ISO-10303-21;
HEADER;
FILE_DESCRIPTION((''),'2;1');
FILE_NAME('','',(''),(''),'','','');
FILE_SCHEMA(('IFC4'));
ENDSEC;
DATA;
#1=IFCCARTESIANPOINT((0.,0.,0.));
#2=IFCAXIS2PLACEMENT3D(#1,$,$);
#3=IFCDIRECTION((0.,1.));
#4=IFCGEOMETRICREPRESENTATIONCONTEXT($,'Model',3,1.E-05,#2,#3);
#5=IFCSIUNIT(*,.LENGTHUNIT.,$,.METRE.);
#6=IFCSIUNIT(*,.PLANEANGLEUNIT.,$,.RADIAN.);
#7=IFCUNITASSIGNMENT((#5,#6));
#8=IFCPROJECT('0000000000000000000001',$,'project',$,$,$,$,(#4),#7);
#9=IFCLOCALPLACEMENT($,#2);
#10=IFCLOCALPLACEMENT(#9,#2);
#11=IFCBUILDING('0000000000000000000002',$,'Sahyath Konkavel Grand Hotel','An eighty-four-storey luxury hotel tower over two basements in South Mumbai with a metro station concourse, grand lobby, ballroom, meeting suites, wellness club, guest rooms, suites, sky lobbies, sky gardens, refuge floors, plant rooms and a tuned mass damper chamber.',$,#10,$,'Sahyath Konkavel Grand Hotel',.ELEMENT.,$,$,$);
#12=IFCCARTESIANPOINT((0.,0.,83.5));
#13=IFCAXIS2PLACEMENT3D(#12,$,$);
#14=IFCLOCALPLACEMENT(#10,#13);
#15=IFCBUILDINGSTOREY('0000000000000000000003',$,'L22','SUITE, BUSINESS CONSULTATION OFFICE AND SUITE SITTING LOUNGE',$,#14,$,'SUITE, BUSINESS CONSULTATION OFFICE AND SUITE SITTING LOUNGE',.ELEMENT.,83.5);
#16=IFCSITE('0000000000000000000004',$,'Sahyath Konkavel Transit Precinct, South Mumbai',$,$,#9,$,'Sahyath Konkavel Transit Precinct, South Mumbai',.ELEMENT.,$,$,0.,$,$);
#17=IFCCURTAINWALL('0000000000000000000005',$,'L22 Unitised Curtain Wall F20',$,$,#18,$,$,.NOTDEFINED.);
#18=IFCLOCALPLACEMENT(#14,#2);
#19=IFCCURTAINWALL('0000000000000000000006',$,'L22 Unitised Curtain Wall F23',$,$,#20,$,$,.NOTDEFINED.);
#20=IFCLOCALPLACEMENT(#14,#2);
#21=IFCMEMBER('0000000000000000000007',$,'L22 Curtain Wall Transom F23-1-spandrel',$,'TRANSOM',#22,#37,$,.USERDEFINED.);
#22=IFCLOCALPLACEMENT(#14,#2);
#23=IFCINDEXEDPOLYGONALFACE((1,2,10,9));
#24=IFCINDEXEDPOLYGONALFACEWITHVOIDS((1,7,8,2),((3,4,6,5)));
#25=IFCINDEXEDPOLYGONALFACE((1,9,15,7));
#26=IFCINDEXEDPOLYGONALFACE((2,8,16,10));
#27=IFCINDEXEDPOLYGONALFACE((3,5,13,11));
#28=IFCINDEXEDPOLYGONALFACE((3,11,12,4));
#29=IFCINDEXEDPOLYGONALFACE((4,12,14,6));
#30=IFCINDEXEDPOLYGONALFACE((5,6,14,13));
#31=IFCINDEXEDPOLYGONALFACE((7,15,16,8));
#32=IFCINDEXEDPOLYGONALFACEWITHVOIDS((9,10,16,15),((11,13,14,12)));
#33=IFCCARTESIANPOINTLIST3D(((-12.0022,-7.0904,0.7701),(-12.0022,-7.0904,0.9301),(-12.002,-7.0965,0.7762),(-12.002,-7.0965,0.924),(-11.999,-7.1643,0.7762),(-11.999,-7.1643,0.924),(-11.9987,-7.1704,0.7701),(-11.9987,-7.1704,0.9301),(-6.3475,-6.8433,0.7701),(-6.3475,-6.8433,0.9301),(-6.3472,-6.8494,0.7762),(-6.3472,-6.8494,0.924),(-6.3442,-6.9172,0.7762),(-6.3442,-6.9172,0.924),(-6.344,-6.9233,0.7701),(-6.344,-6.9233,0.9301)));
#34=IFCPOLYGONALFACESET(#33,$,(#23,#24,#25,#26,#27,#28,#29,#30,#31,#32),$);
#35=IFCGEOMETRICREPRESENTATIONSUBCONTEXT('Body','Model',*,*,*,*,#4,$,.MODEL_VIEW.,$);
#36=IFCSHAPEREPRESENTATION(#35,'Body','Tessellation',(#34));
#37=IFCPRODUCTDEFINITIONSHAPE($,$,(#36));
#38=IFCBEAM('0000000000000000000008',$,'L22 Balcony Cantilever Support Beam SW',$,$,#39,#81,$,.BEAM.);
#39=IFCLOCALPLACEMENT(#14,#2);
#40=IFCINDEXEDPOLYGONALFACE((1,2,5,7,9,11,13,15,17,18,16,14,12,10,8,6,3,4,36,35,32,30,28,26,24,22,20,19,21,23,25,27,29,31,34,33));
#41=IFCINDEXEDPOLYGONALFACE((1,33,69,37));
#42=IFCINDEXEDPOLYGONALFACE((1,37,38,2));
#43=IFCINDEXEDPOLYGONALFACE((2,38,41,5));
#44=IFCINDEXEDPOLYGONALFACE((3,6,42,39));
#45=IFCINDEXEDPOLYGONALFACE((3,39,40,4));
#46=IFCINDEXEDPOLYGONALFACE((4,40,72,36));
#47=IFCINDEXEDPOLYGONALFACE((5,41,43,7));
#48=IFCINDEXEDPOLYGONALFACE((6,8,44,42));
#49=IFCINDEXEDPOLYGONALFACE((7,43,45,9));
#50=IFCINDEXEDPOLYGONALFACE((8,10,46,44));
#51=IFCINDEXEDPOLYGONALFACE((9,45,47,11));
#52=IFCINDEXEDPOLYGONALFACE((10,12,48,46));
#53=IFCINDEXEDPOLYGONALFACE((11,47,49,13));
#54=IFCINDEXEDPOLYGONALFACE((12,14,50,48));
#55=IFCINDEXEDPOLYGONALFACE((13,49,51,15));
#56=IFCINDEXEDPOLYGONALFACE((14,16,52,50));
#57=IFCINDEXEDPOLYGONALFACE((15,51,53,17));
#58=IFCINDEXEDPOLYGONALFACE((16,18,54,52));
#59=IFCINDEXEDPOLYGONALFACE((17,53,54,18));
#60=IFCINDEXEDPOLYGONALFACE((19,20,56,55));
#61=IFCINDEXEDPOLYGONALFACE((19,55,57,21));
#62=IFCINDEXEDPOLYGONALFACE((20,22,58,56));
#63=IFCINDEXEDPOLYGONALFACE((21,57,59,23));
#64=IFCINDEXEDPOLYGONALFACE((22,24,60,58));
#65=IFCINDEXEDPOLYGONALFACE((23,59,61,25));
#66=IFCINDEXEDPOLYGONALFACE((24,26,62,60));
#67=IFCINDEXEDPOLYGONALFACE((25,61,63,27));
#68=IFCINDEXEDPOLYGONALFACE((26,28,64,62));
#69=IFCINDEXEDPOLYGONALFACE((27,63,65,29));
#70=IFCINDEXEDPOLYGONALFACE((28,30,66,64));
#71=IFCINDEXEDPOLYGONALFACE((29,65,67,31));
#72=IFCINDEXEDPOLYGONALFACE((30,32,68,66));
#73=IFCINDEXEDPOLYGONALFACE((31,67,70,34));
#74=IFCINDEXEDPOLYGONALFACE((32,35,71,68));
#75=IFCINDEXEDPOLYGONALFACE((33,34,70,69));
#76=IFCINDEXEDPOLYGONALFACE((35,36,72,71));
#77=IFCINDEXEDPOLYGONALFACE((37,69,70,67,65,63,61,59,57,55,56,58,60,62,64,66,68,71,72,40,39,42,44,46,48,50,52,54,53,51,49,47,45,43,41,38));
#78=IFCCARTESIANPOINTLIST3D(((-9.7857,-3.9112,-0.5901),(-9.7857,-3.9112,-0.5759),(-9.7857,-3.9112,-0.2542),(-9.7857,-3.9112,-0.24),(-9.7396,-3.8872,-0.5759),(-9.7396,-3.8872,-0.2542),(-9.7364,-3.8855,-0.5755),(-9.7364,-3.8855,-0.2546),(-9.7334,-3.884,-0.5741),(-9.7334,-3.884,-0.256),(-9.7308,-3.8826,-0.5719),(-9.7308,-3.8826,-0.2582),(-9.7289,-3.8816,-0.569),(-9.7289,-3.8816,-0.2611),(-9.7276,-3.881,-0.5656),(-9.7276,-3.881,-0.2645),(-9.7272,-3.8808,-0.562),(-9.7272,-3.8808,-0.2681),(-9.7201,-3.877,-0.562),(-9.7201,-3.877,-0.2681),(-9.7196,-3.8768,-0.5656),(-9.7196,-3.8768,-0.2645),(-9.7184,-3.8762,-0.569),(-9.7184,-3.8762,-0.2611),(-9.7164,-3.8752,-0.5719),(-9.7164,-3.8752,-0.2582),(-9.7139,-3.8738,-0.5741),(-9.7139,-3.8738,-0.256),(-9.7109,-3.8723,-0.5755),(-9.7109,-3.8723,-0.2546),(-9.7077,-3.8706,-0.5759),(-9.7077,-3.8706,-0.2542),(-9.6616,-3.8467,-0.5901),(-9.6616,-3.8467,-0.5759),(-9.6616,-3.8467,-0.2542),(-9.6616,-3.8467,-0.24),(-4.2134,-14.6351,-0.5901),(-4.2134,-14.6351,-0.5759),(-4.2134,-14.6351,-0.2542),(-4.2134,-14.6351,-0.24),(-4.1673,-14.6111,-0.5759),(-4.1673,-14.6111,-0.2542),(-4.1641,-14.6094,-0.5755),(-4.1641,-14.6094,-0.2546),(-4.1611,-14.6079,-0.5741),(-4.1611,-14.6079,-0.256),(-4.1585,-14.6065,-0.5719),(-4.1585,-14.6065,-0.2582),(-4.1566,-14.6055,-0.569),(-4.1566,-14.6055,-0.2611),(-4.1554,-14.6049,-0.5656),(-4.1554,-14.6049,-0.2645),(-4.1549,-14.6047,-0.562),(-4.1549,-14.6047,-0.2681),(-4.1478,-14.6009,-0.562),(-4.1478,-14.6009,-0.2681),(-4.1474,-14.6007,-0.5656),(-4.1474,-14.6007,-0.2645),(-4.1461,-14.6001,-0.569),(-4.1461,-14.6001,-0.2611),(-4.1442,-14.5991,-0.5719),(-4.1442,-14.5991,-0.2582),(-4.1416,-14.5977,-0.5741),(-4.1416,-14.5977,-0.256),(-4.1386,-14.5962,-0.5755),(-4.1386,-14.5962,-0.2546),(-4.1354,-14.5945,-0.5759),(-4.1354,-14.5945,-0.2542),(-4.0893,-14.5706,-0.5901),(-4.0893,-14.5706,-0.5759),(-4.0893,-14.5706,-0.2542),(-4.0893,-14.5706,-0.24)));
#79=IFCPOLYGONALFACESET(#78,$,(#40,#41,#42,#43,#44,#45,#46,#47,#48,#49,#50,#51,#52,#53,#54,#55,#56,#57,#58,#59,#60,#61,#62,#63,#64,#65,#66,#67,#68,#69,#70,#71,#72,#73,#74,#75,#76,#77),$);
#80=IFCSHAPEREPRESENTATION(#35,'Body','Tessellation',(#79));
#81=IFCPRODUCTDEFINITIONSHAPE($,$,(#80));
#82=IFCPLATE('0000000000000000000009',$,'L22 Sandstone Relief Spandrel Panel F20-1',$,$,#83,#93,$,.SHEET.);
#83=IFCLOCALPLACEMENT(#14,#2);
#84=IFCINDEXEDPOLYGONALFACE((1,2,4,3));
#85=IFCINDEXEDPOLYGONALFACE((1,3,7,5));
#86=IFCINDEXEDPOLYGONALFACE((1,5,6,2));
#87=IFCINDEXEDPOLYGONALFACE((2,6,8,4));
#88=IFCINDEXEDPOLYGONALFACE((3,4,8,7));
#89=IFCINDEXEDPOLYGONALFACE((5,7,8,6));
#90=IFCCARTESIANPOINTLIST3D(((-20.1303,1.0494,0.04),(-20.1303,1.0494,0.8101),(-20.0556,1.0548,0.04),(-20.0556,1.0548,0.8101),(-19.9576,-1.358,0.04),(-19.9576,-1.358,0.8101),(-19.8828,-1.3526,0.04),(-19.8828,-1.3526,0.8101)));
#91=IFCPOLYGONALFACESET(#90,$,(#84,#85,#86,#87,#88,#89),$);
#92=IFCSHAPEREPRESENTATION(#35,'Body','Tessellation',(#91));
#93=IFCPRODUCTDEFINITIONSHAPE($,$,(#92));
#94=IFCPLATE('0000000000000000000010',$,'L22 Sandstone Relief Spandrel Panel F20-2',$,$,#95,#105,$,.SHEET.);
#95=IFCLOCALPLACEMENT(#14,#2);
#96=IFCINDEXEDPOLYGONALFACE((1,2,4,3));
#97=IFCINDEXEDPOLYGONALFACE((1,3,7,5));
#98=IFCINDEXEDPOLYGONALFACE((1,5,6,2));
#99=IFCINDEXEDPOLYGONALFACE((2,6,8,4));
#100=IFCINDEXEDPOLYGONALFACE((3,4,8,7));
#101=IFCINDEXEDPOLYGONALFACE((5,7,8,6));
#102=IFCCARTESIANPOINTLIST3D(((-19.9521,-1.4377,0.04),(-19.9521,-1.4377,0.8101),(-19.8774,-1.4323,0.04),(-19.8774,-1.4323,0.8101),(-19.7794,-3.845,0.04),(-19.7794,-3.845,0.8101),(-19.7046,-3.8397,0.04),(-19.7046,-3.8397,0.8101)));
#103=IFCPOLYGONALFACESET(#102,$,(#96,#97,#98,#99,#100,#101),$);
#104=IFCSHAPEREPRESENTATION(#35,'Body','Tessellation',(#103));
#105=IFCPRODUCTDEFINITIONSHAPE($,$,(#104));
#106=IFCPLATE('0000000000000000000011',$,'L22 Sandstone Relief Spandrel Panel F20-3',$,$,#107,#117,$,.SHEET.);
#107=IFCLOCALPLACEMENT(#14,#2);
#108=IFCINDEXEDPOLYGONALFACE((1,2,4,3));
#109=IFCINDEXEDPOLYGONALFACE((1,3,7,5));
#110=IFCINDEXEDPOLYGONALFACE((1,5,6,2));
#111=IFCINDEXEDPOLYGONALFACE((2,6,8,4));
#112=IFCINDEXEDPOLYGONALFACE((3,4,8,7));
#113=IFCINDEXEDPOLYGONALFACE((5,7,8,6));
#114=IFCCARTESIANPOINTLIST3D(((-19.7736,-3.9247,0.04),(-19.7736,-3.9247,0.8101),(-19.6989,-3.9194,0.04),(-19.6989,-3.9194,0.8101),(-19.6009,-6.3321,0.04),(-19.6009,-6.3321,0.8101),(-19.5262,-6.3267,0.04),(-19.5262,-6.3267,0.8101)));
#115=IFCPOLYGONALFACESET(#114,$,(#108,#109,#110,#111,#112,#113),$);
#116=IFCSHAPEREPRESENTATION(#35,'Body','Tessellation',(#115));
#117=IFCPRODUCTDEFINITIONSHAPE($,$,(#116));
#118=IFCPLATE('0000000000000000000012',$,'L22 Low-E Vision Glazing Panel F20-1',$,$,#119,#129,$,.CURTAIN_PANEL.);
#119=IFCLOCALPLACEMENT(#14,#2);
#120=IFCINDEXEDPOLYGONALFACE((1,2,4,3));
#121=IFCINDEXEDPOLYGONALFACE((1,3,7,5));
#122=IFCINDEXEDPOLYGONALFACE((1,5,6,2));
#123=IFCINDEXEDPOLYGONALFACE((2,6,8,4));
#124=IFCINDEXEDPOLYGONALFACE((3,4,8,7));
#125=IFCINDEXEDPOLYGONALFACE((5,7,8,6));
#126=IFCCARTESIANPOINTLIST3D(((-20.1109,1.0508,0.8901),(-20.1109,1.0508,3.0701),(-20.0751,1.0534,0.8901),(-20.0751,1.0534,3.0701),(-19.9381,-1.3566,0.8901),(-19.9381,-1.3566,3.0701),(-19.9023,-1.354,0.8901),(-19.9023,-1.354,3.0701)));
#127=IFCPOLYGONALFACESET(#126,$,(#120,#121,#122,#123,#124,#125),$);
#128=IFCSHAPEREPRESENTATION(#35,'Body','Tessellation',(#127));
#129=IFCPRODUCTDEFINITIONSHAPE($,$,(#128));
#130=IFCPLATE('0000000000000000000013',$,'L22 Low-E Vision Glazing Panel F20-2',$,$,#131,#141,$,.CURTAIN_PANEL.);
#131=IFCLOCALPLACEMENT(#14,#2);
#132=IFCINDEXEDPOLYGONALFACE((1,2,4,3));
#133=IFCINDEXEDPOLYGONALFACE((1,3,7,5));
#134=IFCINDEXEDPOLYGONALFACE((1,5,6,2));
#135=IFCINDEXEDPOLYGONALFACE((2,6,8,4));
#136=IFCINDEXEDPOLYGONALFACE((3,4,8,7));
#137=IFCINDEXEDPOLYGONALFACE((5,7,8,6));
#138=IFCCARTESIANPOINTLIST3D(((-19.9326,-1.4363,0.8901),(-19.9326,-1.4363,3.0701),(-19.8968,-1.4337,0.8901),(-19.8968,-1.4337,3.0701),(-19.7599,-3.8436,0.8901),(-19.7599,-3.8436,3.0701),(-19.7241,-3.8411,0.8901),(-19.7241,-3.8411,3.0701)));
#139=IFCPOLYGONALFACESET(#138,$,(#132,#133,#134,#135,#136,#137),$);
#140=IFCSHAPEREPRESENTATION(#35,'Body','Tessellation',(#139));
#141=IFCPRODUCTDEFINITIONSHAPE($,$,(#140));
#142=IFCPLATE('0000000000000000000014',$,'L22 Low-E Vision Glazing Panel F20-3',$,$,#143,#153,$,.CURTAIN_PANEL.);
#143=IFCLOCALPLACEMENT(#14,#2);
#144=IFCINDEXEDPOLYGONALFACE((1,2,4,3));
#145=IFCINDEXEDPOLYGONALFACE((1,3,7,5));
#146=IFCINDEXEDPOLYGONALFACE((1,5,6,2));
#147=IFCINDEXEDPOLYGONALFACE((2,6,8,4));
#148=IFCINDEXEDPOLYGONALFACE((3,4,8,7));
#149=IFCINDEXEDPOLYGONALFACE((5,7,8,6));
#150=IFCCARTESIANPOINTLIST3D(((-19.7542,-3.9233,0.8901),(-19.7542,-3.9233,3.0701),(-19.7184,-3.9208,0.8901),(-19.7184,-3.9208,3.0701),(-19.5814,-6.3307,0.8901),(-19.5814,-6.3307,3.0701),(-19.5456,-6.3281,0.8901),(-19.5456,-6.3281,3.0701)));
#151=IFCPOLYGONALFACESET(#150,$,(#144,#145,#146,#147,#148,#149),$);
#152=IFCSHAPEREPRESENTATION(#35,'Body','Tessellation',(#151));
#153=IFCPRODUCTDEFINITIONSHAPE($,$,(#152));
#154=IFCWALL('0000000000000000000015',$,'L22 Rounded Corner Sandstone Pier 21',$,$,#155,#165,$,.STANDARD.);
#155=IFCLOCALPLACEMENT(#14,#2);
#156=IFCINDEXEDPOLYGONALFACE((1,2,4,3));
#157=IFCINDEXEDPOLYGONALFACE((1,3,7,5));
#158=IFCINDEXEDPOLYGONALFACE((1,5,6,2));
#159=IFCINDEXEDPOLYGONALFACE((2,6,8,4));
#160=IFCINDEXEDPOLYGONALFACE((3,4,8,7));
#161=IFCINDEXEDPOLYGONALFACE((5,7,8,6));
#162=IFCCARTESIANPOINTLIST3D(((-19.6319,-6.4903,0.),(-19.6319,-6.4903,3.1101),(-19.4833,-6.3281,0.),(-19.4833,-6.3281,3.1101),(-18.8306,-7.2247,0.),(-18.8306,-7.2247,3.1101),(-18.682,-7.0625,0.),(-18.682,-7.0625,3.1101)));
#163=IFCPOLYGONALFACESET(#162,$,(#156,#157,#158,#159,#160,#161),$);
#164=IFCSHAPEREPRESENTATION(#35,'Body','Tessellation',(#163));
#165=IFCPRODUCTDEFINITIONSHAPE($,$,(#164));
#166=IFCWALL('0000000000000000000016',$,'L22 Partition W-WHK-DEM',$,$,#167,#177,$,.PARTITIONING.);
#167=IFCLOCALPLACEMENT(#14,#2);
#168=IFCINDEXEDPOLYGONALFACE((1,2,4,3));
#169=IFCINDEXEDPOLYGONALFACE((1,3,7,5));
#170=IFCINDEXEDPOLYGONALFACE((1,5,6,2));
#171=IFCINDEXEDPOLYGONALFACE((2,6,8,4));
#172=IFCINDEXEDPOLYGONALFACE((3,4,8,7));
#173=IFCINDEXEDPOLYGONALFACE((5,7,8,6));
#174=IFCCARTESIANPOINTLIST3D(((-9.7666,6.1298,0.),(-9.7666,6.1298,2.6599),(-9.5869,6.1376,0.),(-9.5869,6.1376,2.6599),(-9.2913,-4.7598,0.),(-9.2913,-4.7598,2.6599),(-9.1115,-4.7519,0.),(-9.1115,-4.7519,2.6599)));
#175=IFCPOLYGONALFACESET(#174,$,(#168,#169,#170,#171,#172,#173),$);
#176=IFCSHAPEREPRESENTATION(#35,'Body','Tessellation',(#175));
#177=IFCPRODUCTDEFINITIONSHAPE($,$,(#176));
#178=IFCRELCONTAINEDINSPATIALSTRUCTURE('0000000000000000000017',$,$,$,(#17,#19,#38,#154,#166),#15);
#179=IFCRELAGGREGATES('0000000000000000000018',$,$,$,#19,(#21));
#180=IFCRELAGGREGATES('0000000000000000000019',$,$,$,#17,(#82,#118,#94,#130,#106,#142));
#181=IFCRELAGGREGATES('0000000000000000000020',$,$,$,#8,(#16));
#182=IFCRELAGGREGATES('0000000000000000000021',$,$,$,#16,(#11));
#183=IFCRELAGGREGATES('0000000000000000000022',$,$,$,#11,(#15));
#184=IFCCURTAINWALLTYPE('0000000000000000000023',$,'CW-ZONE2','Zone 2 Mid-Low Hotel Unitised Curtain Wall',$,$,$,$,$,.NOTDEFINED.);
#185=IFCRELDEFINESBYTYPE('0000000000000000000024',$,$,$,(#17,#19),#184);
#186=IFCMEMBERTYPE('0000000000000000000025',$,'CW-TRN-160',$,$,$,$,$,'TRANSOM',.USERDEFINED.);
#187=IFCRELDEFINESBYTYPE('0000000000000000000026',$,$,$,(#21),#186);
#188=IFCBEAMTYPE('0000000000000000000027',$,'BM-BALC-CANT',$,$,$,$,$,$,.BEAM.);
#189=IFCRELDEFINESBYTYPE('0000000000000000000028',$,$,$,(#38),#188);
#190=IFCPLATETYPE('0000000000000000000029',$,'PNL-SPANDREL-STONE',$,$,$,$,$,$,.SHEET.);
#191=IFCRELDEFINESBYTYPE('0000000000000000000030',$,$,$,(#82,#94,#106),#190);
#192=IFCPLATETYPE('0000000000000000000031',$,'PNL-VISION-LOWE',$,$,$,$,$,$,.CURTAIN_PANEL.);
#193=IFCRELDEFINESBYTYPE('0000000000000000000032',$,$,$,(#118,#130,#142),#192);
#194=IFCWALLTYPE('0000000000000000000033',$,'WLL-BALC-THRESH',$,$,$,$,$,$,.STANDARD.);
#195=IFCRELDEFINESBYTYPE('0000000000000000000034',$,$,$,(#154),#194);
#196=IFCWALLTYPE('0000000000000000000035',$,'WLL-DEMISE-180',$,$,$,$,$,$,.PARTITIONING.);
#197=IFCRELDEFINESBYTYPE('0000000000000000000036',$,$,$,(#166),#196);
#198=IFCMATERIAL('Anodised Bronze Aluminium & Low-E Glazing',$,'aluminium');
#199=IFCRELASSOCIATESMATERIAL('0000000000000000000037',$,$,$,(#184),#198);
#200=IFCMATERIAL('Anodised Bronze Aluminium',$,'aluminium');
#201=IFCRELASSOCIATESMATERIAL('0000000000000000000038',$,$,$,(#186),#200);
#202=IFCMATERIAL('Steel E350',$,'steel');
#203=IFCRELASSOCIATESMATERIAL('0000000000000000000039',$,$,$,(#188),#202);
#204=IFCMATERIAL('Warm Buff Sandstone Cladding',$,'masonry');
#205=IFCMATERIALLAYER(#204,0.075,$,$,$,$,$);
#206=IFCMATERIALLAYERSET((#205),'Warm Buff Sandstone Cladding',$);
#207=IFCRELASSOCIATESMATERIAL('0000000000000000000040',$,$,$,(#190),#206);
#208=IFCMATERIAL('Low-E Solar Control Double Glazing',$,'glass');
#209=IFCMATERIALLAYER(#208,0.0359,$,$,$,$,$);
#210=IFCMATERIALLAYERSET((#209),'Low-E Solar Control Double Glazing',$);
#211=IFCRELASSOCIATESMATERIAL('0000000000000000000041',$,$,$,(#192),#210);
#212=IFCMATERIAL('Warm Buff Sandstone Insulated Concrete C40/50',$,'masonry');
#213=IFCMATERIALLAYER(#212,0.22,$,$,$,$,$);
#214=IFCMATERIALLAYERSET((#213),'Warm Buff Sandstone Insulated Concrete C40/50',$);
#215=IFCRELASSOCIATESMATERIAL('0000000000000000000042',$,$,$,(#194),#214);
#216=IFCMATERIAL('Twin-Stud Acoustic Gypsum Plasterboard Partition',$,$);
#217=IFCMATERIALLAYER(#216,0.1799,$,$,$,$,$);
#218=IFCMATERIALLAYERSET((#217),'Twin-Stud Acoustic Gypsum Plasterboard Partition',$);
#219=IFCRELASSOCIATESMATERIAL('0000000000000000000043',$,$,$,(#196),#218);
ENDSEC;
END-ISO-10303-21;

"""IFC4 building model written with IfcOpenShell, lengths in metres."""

from ifc_helpers import new_model, si_unit, direction, frame, frame_2d, origin, origin_2d, place, context, subcontext, project, spatial, rectangle, hollow_rectangle, i_section, extrude, source, transform, mapped, material, layer, layer_set, material_profile, profile_set, type_object, element, aggregate, save


model = new_model("IFC4")

# Units and contexts
model_context = context("Model", 3, precision=1e-05, world=origin(), true_north=direction((0.0, 1.0)))
body_context = subcontext(model_context, "Body", "Model", "MODEL_VIEW")
ifc_project = project(units=[si_unit("LENGTHUNIT", "METRE"), si_unit("PLANEANGLEUNIT", "RADIAN")], contexts=[model_context])

# Site, building, storey
site_placement = place(None, origin())
site = spatial("IfcSite", under=ifc_project, at=site_placement, Name="Sahyath Konkavel Transit Precinct, South Mumbai", LongName="Sahyath Konkavel Transit Precinct, South Mumbai", CompositionType="ELEMENT", RefElevation=0.0)
building_placement = place(site_placement, origin())
building = spatial("IfcBuilding", under=site, at=building_placement, Name="Sahyath Konkavel Grand Hotel", Description="An eighty-four-storey luxury hotel tower over two basements in South Mumbai with a metro station concourse, grand lobby, ballroom, meeting suites, wellness club, guest rooms, suites, sky lobbies, sky gardens, refuge floors, plant rooms and a tuned mass damper chamber.", LongName="Sahyath Konkavel Grand Hotel", CompositionType="ELEMENT")
storey_placement = place(building_placement, frame((0.0, 0.0, 83.5)))
storey = spatial("IfcBuildingStorey", under=building, at=storey_placement, Name="L22", Description="SUITE, BUSINESS CONSULTATION OFFICE AND SUITE SITTING LOUNGE", LongName="SUITE, BUSINESS CONSULTATION OFFICE AND SUITE SITTING LOUNGE", CompositionType="ELEMENT", Elevation=83.5)

# Shared definitions
ifc_material_1 = material(Name="Steel E350", Category="steel")

# Curtain wall
ifc_material_2 = material(Name="Anodised Bronze Aluminium & Low-E Glazing", Category="aluminium")
curtain_wall_type = type_object("IfcCurtainWallType", Name="CW-ZONE2", Description="Zone 2 Mid-Low Hotel Unitised Curtain Wall", PredefinedType="NOTDEFINED", material=ifc_material_2)
curtain_wall_1_placement = place(storey_placement, origin())
curtain_wall_1 = element("IfcCurtainWall", 1, at=curtain_wall_1_placement, inside=storey, type_object=curtain_wall_type, Name="L22 Unitised Curtain Wall F20", PredefinedType="NOTDEFINED")
ifc_material_3 = material(Name="Anodised Bronze Aluminium", Category="aluminium")
ifc_material_profile_1 = material_profile(ifc_material_3, hollow_rectangle(XDim=0.0801, YDim=0.1599, WallThickness=0.0061, at=origin_2d()), Name="RHS 160x80x6")
ifc_profile_set_1 = profile_set([ifc_material_profile_1], Name="Anodised Bronze Aluminium")
member_type_1 = type_object("IfcMemberType", Name="CW-TRN-160", ElementType="TRANSOM", PredefinedType="USERDEFINED", material=ifc_profile_set_1)

# Curtain wall, member
curtain_wall_2_placement = place(storey_placement, origin())
curtain_wall_2 = element("IfcCurtainWall", 2, at=curtain_wall_2_placement, inside=storey, type_object=curtain_wall_type, Name="L22 Unitised Curtain Wall F23", PredefinedType="NOTDEFINED")
shared_shape_1 = source(origin(), body_context, "Body", "SweptSolid", [
    extrude(hollow_rectangle(XDim=0.0801, YDim=0.1599, WallThickness=0.0061, at=origin_2d()), origin(), (0.0, 0.0, 1.0), 5.6602),
])
member_1_placement = place(storey_placement, frame((-12.0005, -7.1304, 0.8501), z_axis=(0.999047, 0.043651, 0.0), x_axis=(-0.043651, 0.999047, 0.0)))
member_1 = element("IfcMember", 3, at=member_1_placement, type_object=member_type_1, Name="L22 Curtain Wall Transom F23-1-spandrel", ObjectType="TRANSOM", PredefinedType="USERDEFINED", context=body_context, shape_type="MappedRepresentation", body=[
    mapped(shared_shape_1, transform((0.0, 0.0, 0.0), scale=1.0)),
])
aggregate(curtain_wall_2, [member_1])

# Beam
ifc_material_profile_2 = material_profile(ifc_material_1, i_section(OverallWidth=0.1399, OverallDepth=0.3501, WebThickness=0.0081, FlangeThickness=0.0142, FilletRadius=0.0139, at=origin_2d()), Name="ISMB 350")
ifc_profile_set_2 = profile_set([ifc_material_profile_2], Name="Steel E350")
beam_type_1 = type_object("IfcBeamType", Name="BM-BALC-CANT", PredefinedType="BEAM", material=ifc_profile_set_2)
shared_shape_2 = source(origin(), body_context, "Body", "SweptSolid", [
    extrude(i_section(OverallWidth=0.1399, OverallDepth=0.3501, WebThickness=0.0081, FlangeThickness=0.0142, FilletRadius=0.0139, at=origin_2d()), origin(), (0.0, 0.0, 1.0), 12.0852),
])
beam_1_placement = place(storey_placement, frame((-9.7236, -3.8789, -0.415), z_axis=(0.461082, -0.887357, 0.0), x_axis=(0.887357, 0.461082, 0.0)))
element("IfcBeam", 4, at=beam_1_placement, inside=storey, type_object=beam_type_1, Name="L22 Balcony Cantilever Support Beam SW", PredefinedType="BEAM", context=body_context, shape_type="MappedRepresentation", body=[
    mapped(shared_shape_2, transform((0.0, 0.0, 0.0), scale=1.0)),
])

# Plates
ifc_material_4 = material(Name="Warm Buff Sandstone Cladding", Category="masonry")
ifc_layer_1 = layer(ifc_material_4, 0.075)
ifc_layer_set_1 = layer_set([ifc_layer_1], Name="Warm Buff Sandstone Cladding")
plate_type_1 = type_object("IfcPlateType", Name="PNL-SPANDREL-STONE", PredefinedType="SHEET", material=ifc_layer_set_1)
shared_shape_3 = source(origin(), body_context, "Body", "SweptSolid", [
    extrude(rectangle(XDim=2.4136, YDim=0.075, at=origin_2d()), origin(), (0.0, 0.0, 1.0), 0.77),
])
plate_1_placement = place(storey_placement, frame((-20.0066, -0.1516, 0.04), z_axis=(0.0, 0.0, 1.0), x_axis=(0.071567, -0.997436, 0.0)))
plate_1 = element("IfcPlate", 5, at=plate_1_placement, type_object=plate_type_1, Name="L22 Sandstone Relief Spandrel Panel F20-1", PredefinedType="SHEET", context=body_context, shape_type="MappedRepresentation", body=[
    mapped(shared_shape_3, transform((0.0, 0.0, 0.0), scale=1.0)),
])
plate_2_placement = place(storey_placement, frame((-19.8284, -2.6387, 0.04), z_axis=(0.0, 0.0, 1.0), x_axis=(0.071567, -0.997436, 0.0)))
plate_2 = element("IfcPlate", 6, at=plate_2_placement, type_object=plate_type_1, Name="L22 Sandstone Relief Spandrel Panel F20-2", PredefinedType="SHEET", context=body_context, shape_type="MappedRepresentation", body=[
    mapped(shared_shape_3, transform((0.0, 0.0, 0.0), scale=1.0)),
])
plate_3_placement = place(storey_placement, frame((-19.6499, -5.1257, 0.04), z_axis=(0.0, 0.0, 1.0), x_axis=(0.071567, -0.997436, 0.0)))
plate_3 = element("IfcPlate", 7, at=plate_3_placement, type_object=plate_type_1, Name="L22 Sandstone Relief Spandrel Panel F20-3", PredefinedType="SHEET", context=body_context, shape_type="MappedRepresentation", body=[
    mapped(shared_shape_3, transform((0.0, 0.0, 0.0), scale=1.0)),
])
ifc_material_5 = material(Name="Low-E Solar Control Double Glazing", Category="glass")
ifc_layer_2 = layer(ifc_material_5, 0.0359)
ifc_layer_set_2 = layer_set([ifc_layer_2], Name="Low-E Solar Control Double Glazing")
plate_type_2 = type_object("IfcPlateType", Name="PNL-VISION-LOWE", PredefinedType="CURTAIN_PANEL", material=ifc_layer_set_2)
shared_shape_4 = source(origin(), body_context, "Body", "SweptSolid", [
    extrude(rectangle(XDim=2.4136, YDim=0.0359, at=origin_2d()), origin(), (0.0, 0.0, 1.0), 2.1799),
])
plate_4_placement = place(storey_placement, frame((-20.0066, -0.1516, 0.8901), z_axis=(0.0, 0.0, 1.0), x_axis=(0.071567, -0.997436, 0.0)))
plate_4 = element("IfcPlate", 8, at=plate_4_placement, type_object=plate_type_2, Name="L22 Low-E Vision Glazing Panel F20-1", PredefinedType="CURTAIN_PANEL", context=body_context, shape_type="MappedRepresentation", body=[
    mapped(shared_shape_4, transform((0.0, 0.0, 0.0), scale=1.0)),
])
plate_5_placement = place(storey_placement, frame((-19.8284, -2.6387, 0.8901), z_axis=(0.0, 0.0, 1.0), x_axis=(0.071567, -0.997436, 0.0)))
plate_5 = element("IfcPlate", 9, at=plate_5_placement, type_object=plate_type_2, Name="L22 Low-E Vision Glazing Panel F20-2", PredefinedType="CURTAIN_PANEL", context=body_context, shape_type="MappedRepresentation", body=[
    mapped(shared_shape_4, transform((0.0, 0.0, 0.0), scale=1.0)),
])
plate_6_placement = place(storey_placement, frame((-19.6499, -5.1257, 0.8901), z_axis=(0.0, 0.0, 1.0), x_axis=(0.071567, -0.997436, 0.0)))
plate_6 = element("IfcPlate", 10, at=plate_6_placement, type_object=plate_type_2, Name="L22 Low-E Vision Glazing Panel F20-3", PredefinedType="CURTAIN_PANEL", context=body_context, shape_type="MappedRepresentation", body=[
    mapped(shared_shape_4, transform((0.0, 0.0, 0.0), scale=1.0)),
])
aggregate(curtain_wall_1, [plate_1, plate_4, plate_2, plate_5, plate_3, plate_6])

# Walls
ifc_material_6 = material(Name="Warm Buff Sandstone Insulated Concrete C40/50", Category="masonry")
ifc_layer_3 = layer(ifc_material_6, 0.22)
ifc_layer_set_3 = layer_set([ifc_layer_3], Name="Warm Buff Sandstone Insulated Concrete C40/50")
wall_type_1 = type_object("IfcWallType", Name="WLL-BALC-THRESH", PredefinedType="STANDARD", material=ifc_layer_set_3)
wall_1_placement = place(storey_placement, frame((-19.5576, -6.4092, 0.0), z_axis=(0.0, 0.0, 1.0), x_axis=(0.73721, -0.675664, 0.0)))
element("IfcWall", 11, at=wall_1_placement, inside=storey, type_object=wall_type_1, Name="L22 Rounded Corner Sandstone Pier 21", PredefinedType="STANDARD", context=body_context, shape_type="SweptSolid", body=[
    extrude(rectangle(XDim=1.0869, YDim=0.22, at=frame_2d((0.5435, 0.0))), origin(), (0.0, 0.0, 1.0), 3.1101),
])
ifc_material_7 = material(Name="Twin-Stud Acoustic Gypsum Plasterboard Partition")
ifc_layer_4 = layer(ifc_material_7, 0.1799)
ifc_layer_set_4 = layer_set([ifc_layer_4], Name="Twin-Stud Acoustic Gypsum Plasterboard Partition")
wall_type_2 = type_object("IfcWallType", Name="WLL-DEMISE-180", PredefinedType="PARTITIONING", material=ifc_layer_set_4)
wall_2_placement = place(storey_placement, frame((-9.2014, -4.7559, 0.0), z_axis=(0.0, 0.0, 1.0), x_axis=(-0.043609, 0.999049, 0.0)))
element("IfcWall", 12, at=wall_2_placement, inside=storey, type_object=wall_type_2, Name="L22 Partition W-WHK-DEM", PredefinedType="PARTITIONING", context=body_context, shape_type="SweptSolid", body=[
    extrude(rectangle(XDim=10.8999, YDim=0.1799, at=frame_2d((5.45, 0.0))), origin(), (0.0, 0.0, 1.0), 2.6599),
])

save(model, "model.ifc")
